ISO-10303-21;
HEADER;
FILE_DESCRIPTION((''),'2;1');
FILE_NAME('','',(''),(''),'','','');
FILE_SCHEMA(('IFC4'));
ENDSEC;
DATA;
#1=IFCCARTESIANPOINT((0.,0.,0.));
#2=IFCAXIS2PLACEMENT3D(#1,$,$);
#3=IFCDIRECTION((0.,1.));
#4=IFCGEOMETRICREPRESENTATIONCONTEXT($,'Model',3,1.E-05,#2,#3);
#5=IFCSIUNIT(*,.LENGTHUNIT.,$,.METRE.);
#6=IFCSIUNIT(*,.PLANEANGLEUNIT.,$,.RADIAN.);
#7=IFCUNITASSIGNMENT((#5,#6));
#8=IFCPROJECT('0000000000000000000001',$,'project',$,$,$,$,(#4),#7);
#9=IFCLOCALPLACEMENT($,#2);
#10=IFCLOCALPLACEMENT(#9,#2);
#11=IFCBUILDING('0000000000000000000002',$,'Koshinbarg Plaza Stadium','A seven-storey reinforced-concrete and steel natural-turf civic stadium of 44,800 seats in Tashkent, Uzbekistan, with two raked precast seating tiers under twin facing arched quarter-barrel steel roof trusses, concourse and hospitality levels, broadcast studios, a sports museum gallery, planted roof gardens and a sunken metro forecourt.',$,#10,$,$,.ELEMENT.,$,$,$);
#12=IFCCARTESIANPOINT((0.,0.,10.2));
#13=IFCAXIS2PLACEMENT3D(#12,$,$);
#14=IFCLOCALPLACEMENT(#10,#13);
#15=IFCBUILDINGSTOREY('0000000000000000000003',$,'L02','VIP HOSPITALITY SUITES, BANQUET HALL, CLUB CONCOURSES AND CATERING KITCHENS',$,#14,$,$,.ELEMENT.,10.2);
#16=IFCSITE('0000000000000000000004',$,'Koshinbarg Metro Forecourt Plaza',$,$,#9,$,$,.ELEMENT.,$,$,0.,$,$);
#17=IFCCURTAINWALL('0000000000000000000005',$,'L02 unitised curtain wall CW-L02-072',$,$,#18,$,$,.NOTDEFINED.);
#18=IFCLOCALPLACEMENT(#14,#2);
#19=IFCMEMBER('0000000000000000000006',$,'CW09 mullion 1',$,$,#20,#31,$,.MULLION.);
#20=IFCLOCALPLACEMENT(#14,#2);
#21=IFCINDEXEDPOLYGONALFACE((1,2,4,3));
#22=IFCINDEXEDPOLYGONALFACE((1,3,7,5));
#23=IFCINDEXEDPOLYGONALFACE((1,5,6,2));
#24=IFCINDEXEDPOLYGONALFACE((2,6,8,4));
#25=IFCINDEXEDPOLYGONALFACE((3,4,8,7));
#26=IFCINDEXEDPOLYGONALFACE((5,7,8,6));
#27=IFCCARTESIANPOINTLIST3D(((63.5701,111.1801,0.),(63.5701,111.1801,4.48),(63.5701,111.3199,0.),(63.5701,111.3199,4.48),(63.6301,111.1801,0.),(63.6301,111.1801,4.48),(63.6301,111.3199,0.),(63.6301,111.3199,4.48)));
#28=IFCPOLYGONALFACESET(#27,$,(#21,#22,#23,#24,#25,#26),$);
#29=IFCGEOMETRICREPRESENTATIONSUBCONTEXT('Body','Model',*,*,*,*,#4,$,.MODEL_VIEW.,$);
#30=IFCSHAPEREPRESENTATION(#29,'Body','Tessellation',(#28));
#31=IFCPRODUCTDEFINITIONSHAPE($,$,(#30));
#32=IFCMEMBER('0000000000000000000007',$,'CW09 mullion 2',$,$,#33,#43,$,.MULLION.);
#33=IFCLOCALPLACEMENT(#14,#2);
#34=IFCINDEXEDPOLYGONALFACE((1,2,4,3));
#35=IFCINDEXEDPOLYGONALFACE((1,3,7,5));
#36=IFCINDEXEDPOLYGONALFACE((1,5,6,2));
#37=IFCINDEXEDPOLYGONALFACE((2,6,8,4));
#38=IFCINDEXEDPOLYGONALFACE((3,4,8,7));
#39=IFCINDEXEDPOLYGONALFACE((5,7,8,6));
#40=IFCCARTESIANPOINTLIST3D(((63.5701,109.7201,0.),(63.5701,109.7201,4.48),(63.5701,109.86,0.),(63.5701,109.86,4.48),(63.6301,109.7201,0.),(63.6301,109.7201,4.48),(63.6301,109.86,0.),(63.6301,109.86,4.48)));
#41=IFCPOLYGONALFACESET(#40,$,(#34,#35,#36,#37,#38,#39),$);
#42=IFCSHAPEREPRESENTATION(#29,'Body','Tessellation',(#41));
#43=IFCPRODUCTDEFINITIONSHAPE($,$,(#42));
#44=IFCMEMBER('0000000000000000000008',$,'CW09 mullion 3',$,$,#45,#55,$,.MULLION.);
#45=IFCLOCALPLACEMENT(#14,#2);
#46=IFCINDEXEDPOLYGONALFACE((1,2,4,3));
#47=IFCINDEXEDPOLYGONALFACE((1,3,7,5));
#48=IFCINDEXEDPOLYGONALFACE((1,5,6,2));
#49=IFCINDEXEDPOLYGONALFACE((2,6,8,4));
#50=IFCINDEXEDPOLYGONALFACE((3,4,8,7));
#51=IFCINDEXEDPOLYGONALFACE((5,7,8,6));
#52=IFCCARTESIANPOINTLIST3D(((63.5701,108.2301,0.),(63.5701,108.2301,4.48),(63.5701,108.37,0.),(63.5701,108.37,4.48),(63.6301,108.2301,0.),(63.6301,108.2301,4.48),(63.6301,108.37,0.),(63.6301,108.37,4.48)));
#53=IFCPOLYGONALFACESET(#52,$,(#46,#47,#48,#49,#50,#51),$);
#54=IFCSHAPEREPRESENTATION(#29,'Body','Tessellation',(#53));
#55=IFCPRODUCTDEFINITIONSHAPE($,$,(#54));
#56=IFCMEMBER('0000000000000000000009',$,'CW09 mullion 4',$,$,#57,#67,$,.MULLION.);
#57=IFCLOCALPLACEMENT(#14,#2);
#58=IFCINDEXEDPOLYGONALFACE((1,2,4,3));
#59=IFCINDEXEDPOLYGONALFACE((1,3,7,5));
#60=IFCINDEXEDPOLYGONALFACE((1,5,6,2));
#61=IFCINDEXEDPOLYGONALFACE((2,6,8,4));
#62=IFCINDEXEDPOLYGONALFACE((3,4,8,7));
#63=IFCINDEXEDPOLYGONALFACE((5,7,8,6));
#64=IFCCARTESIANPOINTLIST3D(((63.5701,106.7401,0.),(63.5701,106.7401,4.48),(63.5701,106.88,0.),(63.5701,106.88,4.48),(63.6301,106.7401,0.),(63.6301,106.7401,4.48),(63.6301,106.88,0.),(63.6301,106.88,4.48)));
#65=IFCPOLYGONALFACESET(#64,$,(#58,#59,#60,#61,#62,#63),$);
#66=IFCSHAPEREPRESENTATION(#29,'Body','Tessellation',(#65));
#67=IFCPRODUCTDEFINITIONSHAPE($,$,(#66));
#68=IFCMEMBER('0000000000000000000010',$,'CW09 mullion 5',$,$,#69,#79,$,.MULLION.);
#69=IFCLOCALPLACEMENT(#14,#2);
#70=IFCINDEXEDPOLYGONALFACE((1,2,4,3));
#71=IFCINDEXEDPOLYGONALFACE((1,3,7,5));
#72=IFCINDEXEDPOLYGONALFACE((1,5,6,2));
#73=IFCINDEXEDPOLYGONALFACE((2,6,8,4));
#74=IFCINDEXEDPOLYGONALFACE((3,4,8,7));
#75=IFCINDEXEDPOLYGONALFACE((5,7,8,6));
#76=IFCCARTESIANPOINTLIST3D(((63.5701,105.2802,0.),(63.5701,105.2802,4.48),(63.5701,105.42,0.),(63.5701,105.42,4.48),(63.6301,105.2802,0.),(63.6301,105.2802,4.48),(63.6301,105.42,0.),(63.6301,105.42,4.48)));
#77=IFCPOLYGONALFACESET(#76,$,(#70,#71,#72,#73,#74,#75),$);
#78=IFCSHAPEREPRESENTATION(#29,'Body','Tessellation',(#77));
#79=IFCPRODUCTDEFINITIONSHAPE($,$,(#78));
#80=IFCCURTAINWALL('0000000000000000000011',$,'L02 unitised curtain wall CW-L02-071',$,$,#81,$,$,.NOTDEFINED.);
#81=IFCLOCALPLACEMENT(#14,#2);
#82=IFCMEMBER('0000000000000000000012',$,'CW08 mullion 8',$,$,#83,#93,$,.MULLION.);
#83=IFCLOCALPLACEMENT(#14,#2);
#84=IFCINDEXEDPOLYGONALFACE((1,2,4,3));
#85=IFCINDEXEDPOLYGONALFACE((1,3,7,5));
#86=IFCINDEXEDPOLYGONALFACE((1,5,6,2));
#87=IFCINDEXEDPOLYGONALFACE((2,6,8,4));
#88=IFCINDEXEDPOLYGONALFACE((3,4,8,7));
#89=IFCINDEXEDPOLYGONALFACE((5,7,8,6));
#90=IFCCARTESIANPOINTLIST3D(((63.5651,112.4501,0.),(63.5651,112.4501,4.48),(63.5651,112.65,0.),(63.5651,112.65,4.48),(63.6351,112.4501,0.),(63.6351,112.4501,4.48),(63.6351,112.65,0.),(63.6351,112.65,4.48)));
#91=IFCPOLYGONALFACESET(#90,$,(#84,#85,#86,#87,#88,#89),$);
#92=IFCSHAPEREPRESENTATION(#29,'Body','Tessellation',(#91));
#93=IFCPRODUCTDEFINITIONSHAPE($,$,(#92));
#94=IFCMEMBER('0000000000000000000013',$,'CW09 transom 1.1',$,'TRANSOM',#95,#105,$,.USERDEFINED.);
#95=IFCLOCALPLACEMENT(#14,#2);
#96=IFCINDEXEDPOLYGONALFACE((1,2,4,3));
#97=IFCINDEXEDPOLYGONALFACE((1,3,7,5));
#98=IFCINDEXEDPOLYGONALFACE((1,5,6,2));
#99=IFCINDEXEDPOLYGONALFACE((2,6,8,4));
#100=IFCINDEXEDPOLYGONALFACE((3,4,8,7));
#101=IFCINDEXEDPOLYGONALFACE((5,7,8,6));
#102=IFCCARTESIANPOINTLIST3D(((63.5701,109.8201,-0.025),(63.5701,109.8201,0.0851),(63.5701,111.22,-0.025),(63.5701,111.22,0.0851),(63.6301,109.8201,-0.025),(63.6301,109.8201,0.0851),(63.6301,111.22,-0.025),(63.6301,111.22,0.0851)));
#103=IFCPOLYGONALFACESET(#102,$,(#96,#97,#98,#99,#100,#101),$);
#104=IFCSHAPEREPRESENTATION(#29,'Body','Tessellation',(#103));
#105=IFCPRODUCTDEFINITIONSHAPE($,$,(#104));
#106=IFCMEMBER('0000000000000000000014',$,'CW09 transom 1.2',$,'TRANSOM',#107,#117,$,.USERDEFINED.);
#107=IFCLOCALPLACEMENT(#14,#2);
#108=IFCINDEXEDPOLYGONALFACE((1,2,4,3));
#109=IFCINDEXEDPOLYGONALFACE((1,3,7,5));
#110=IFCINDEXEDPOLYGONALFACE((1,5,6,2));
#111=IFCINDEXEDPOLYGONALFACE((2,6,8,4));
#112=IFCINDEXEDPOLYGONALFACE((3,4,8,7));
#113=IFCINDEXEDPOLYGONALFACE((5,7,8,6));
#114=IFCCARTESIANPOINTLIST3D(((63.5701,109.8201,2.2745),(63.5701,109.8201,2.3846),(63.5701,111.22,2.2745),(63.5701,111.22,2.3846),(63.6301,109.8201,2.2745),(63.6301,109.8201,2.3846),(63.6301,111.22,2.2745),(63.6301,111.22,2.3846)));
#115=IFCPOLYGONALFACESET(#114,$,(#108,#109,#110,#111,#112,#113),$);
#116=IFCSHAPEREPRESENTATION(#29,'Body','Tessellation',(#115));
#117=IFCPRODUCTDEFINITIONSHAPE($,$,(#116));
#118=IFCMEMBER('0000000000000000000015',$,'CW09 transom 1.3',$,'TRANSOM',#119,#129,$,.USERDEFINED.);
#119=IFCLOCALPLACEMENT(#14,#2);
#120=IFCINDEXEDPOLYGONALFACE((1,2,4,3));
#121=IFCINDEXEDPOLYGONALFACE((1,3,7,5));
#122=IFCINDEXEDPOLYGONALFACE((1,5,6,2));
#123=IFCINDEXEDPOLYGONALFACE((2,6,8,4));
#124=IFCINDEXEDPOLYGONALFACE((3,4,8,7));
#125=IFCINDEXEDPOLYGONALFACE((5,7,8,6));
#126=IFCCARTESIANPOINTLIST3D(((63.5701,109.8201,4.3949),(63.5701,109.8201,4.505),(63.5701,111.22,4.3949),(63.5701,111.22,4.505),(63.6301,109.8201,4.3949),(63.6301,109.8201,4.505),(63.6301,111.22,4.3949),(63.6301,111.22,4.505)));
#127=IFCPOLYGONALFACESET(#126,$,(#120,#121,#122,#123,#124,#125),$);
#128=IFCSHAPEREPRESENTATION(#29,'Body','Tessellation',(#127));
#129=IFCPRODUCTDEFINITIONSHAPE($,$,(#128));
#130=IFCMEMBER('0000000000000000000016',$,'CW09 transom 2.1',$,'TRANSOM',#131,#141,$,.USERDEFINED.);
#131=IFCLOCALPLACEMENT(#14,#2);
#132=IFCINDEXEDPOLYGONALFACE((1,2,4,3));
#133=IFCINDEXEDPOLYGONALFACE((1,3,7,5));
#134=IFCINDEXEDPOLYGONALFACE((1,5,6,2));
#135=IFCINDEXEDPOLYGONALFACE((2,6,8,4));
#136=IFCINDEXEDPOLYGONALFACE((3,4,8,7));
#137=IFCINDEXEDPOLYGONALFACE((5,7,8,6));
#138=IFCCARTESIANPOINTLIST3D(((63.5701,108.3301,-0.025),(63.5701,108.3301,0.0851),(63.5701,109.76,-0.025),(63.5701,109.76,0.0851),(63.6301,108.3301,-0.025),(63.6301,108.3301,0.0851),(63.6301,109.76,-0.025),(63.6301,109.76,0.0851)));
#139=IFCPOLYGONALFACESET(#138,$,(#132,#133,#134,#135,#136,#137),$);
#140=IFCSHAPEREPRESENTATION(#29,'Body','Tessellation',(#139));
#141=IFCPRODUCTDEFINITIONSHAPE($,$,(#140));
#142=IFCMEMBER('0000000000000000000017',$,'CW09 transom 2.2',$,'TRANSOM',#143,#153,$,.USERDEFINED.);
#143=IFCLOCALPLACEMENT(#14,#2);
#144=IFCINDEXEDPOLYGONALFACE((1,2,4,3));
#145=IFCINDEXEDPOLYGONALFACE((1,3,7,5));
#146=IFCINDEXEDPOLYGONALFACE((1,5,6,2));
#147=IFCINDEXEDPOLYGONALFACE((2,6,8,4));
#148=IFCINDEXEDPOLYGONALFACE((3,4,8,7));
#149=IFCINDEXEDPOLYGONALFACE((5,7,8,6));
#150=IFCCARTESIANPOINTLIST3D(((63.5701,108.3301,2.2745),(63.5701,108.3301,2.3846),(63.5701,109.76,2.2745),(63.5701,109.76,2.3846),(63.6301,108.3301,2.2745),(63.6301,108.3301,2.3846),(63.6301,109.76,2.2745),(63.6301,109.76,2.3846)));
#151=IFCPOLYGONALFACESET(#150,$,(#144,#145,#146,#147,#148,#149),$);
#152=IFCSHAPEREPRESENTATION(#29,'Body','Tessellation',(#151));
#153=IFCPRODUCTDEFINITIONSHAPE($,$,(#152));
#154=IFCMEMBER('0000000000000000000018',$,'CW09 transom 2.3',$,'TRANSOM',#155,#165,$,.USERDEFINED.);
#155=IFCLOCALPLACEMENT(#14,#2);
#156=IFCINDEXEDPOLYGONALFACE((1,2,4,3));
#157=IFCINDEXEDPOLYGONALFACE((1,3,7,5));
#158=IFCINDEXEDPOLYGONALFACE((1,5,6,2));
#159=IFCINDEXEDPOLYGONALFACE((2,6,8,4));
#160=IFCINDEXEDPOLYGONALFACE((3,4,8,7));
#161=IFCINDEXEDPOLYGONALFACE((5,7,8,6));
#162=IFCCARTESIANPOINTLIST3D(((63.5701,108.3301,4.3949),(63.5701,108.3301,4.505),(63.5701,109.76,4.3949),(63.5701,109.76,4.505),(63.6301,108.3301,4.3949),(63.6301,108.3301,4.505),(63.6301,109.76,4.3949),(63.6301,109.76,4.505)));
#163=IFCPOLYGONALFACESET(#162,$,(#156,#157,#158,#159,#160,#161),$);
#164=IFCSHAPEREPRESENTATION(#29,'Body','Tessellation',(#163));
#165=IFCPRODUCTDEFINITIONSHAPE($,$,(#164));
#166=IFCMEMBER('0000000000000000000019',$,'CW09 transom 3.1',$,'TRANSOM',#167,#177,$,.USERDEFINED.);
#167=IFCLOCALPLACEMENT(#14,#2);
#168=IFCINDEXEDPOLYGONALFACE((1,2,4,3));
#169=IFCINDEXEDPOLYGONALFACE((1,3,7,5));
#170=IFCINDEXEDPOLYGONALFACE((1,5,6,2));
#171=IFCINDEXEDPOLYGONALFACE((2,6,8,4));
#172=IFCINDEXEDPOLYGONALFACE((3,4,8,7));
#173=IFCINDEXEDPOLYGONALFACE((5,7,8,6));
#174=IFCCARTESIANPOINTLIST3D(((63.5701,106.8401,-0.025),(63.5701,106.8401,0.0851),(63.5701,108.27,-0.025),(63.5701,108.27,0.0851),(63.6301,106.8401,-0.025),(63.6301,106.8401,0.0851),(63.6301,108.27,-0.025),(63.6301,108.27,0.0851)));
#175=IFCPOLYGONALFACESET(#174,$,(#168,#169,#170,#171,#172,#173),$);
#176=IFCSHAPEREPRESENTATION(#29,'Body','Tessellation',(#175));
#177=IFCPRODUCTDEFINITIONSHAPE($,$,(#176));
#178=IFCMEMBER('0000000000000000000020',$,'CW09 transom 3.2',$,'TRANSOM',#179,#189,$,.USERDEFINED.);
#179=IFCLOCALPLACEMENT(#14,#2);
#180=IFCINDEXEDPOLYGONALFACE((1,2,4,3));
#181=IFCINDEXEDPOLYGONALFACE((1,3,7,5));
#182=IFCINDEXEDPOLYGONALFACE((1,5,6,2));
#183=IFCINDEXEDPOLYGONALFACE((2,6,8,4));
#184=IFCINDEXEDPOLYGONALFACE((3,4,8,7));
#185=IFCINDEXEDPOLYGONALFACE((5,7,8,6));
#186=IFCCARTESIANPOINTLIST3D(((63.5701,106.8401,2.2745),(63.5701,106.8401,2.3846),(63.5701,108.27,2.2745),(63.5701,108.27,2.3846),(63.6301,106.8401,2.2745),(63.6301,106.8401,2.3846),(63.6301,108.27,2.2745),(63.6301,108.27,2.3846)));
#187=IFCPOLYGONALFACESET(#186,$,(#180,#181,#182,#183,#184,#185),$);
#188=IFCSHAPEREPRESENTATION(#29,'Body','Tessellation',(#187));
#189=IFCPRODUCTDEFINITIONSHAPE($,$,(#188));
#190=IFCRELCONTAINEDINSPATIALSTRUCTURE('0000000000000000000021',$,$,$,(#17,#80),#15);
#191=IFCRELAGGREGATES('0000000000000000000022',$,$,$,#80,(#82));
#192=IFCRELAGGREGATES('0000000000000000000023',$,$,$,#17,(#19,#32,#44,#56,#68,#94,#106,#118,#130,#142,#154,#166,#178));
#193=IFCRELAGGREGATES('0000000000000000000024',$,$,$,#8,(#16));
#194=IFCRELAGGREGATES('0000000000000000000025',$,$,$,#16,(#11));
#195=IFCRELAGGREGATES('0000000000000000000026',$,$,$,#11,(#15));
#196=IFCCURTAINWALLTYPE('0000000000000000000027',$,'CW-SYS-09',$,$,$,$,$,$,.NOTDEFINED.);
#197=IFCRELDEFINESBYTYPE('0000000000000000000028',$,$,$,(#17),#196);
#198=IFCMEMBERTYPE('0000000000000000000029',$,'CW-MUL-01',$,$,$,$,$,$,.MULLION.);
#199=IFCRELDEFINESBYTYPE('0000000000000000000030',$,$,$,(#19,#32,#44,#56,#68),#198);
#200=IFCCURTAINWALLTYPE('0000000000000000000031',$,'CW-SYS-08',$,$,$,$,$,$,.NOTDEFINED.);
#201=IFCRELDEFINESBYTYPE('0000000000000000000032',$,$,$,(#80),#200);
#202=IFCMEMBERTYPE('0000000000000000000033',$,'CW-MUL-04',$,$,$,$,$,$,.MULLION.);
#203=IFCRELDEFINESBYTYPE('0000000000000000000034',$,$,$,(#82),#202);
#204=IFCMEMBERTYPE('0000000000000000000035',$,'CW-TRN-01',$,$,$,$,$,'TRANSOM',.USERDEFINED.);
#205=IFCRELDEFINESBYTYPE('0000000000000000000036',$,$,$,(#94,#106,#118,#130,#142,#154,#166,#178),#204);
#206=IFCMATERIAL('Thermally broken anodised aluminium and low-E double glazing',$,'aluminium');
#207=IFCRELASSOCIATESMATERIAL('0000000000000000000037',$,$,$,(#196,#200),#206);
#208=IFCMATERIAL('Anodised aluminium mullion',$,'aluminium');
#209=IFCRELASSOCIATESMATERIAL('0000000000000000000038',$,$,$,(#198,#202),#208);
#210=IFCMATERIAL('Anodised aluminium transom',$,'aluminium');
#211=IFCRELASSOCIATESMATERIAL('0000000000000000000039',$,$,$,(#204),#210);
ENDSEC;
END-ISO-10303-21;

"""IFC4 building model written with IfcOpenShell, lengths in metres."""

from ifc_helpers import new_model, si_unit, direction, frame, origin, origin_2d, place, context, subcontext, project, spatial, rectangle, extrude, material, material_profile, profile_set, type_object, element, aggregate, save


model = new_model("IFC4")

# Units and contexts
model_context = context("Model", 3, precision=1e-05, world=origin(), true_north=direction((0.0, 1.0)))
body_context = subcontext(model_context, "Body", "Model", "MODEL_VIEW")
ifc_project = project(units=[si_unit("LENGTHUNIT", "METRE"), si_unit("PLANEANGLEUNIT", "RADIAN")], contexts=[model_context])

# Site, building, storey
site_placement = place(None, origin())
site = spatial("IfcSite", under=ifc_project, at=site_placement, Name="Koshinbarg Metro Forecourt Plaza", CompositionType="ELEMENT", RefElevation=0.0)
building_placement = place(site_placement, origin())
building = spatial("IfcBuilding", under=site, at=building_placement, Name="Koshinbarg Plaza Stadium", Description="A seven-storey reinforced-concrete and steel natural-turf civic stadium of 44,800 seats in Tashkent, Uzbekistan, with two raked precast seating tiers under twin facing arched quarter-barrel steel roof trusses, concourse and hospitality levels, broadcast studios, a sports museum gallery, planted roof gardens and a sunken metro forecourt.", CompositionType="ELEMENT")
storey_placement = place(building_placement, frame((0.0, 0.0, 10.2)))
storey = spatial("IfcBuildingStorey", under=building, at=storey_placement, Name="L02", Description="VIP HOSPITALITY SUITES, BANQUET HALL, CLUB CONCOURSES AND CATERING KITCHENS", CompositionType="ELEMENT", Elevation=10.2)

# Curtain wall, members
ifc_material_1 = material(Name="Thermally broken anodised aluminium and low-E double glazing", Category="aluminium")
curtain_wall_type_1 = type_object("IfcCurtainWallType", Name="CW-SYS-09", PredefinedType="NOTDEFINED", material=ifc_material_1)
curtain_wall_1_placement = place(storey_placement, origin())
curtain_wall_1 = element("IfcCurtainWall", 1, at=curtain_wall_1_placement, inside=storey, type_object=curtain_wall_type_1, Name="L02 unitised curtain wall CW-L02-072", PredefinedType="NOTDEFINED")
ifc_material_2 = material(Name="Anodised aluminium mullion", Category="aluminium")
ifc_material_profile_1 = material_profile(ifc_material_2, rectangle(XDim=0.0601, YDim=0.1399, at=origin_2d()), Name="ALU 60x140")
ifc_profile_set_1 = profile_set([ifc_material_profile_1], Name="Anodised aluminium mullion")
member_type_1 = type_object("IfcMemberType", Name="CW-MUL-01", PredefinedType="MULLION", material=ifc_profile_set_1)
member_1_placement = place(storey_placement, frame((63.6001, 111.25, 0.0), z_axis=(0.0, 0.0, 1.0), x_axis=(1.0, 0.0, 0.0)))
member_1 = element("IfcMember", 2, at=member_1_placement, type_object=member_type_1, Name="CW09 mullion 1", PredefinedType="MULLION", context=body_context, shape_type="SweptSolid", body=[
    extrude(rectangle(XDim=0.0601, YDim=0.1399, at=origin_2d()), origin(), (0.0, 0.0, 1.0), 4.48),
])
member_2_placement = place(storey_placement, frame((63.6001, 109.79, 0.0), z_axis=(0.0, 0.0, 1.0), x_axis=(1.0, 0.0, 0.0)))
member_2 = element("IfcMember", 3, at=member_2_placement, type_object=member_type_1, Name="CW09 mullion 2", PredefinedType="MULLION", context=body_context, shape_type="SweptSolid", body=[
    extrude(rectangle(XDim=0.0601, YDim=0.1399, at=origin_2d()), origin(), (0.0, 0.0, 1.0), 4.48),
])
member_3_placement = place(storey_placement, frame((63.6001, 108.3, 0.0), z_axis=(0.0, 0.0, 1.0), x_axis=(1.0, 0.0, 0.0)))
member_3 = element("IfcMember", 4, at=member_3_placement, type_object=member_type_1, Name="CW09 mullion 3", PredefinedType="MULLION", context=body_context, shape_type="SweptSolid", body=[
    extrude(rectangle(XDim=0.0601, YDim=0.1399, at=origin_2d()), origin(), (0.0, 0.0, 1.0), 4.48),
])
member_4_placement = place(storey_placement, frame((63.6001, 106.8101, 0.0), z_axis=(0.0, 0.0, 1.0), x_axis=(1.0, 0.0, 0.0)))
member_4 = element("IfcMember", 5, at=member_4_placement, type_object=member_type_1, Name="CW09 mullion 4", PredefinedType="MULLION", context=body_context, shape_type="SweptSolid", body=[
    extrude(rectangle(XDim=0.0601, YDim=0.1399, at=origin_2d()), origin(), (0.0, 0.0, 1.0), 4.48),
])
member_5_placement = place(storey_placement, frame((63.6001, 105.3501, 0.0), z_axis=(0.0, 0.0, 1.0), x_axis=(1.0, 0.0, 0.0)))
member_5 = element("IfcMember", 6, at=member_5_placement, type_object=member_type_1, Name="CW09 mullion 5", PredefinedType="MULLION", context=body_context, shape_type="SweptSolid", body=[
    extrude(rectangle(XDim=0.0601, YDim=0.1399, at=origin_2d()), origin(), (0.0, 0.0, 1.0), 4.48),
])

# Curtain wall, member
curtain_wall_type_2 = type_object("IfcCurtainWallType", Name="CW-SYS-08", PredefinedType="NOTDEFINED", material=ifc_material_1)
curtain_wall_2_placement = place(storey_placement, origin())
curtain_wall_2 = element("IfcCurtainWall", 7, at=curtain_wall_2_placement, inside=storey, type_object=curtain_wall_type_2, Name="L02 unitised curtain wall CW-L02-071", PredefinedType="NOTDEFINED")
ifc_material_profile_2 = material_profile(ifc_material_2, rectangle(XDim=0.0701, YDim=0.2, at=origin_2d()), Name="ALU 70x200")
ifc_profile_set_2 = profile_set([ifc_material_profile_2], Name="Anodised aluminium mullion")
member_type_2 = type_object("IfcMemberType", Name="CW-MUL-04", PredefinedType="MULLION", material=ifc_profile_set_2)
member_6_placement = place(storey_placement, frame((63.6001, 112.55, 0.0), z_axis=(0.0, 0.0, 1.0), x_axis=(1.0, 0.0, 0.0)))
member_6 = element("IfcMember", 8, at=member_6_placement, type_object=member_type_2, Name="CW08 mullion 8", PredefinedType="MULLION", context=body_context, shape_type="SweptSolid", body=[
    extrude(rectangle(XDim=0.0701, YDim=0.2, at=origin_2d()), origin(), (0.0, 0.0, 1.0), 4.48),
])
aggregate(curtain_wall_2, [member_6])

# Members
ifc_material_3 = material(Name="Anodised aluminium transom", Category="aluminium")
ifc_material_profile_3 = material_profile(ifc_material_3, rectangle(XDim=0.0601, YDim=0.1101, at=origin_2d()), Name="ALU 60x110")
ifc_profile_set_3 = profile_set([ifc_material_profile_3], Name="Anodised aluminium transom")
member_type_3 = type_object("IfcMemberType", Name="CW-TRN-01", ElementType="TRANSOM", PredefinedType="USERDEFINED", material=ifc_profile_set_3)
member_7_placement = place(storey_placement, frame((63.6001, 111.22, 0.03), z_axis=(0.0, -1.0, 0.0), x_axis=(1.0, 0.0, 0.0)))
member_7 = element("IfcMember", 9, at=member_7_placement, type_object=member_type_3, Name="CW09 transom 1.1", ObjectType="TRANSOM", PredefinedType="USERDEFINED", context=body_context, shape_type="SweptSolid", body=[
    extrude(rectangle(XDim=0.0601, YDim=0.1101, at=origin_2d()), origin(), (0.0, 0.0, 1.0), 1.3999),
])
member_8_placement = place(storey_placement, frame((63.6001, 111.22, 2.3296), z_axis=(0.0, -1.0, 0.0), x_axis=(1.0, 0.0, 0.0)))
member_8 = element("IfcMember", 10, at=member_8_placement, type_object=member_type_3, Name="CW09 transom 1.2", ObjectType="TRANSOM", PredefinedType="USERDEFINED", context=body_context, shape_type="SweptSolid", body=[
    extrude(rectangle(XDim=0.0601, YDim=0.1101, at=origin_2d()), origin(), (0.0, 0.0, 1.0), 1.3999),
])
member_9_placement = place(storey_placement, frame((63.6001, 111.22, 4.45), z_axis=(0.0, -1.0, 0.0), x_axis=(1.0, 0.0, 0.0)))
member_9 = element("IfcMember", 11, at=member_9_placement, type_object=member_type_3, Name="CW09 transom 1.3", ObjectType="TRANSOM", PredefinedType="USERDEFINED", context=body_context, shape_type="SweptSolid", body=[
    extrude(rectangle(XDim=0.0601, YDim=0.1101, at=origin_2d()), origin(), (0.0, 0.0, 1.0), 1.3999),
])
member_10_placement = place(storey_placement, frame((63.6001, 109.76, 0.03), z_axis=(0.0, -1.0, 0.0), x_axis=(1.0, 0.0, 0.0)))
member_10 = element("IfcMember", 12, at=member_10_placement, type_object=member_type_3, Name="CW09 transom 2.1", ObjectType="TRANSOM", PredefinedType="USERDEFINED", context=body_context, shape_type="SweptSolid", body=[
    extrude(rectangle(XDim=0.0601, YDim=0.1101, at=origin_2d()), origin(), (0.0, 0.0, 1.0), 1.4299),
])
member_11_placement = place(storey_placement, frame((63.6001, 109.76, 2.3296), z_axis=(0.0, -1.0, 0.0), x_axis=(1.0, 0.0, 0.0)))
member_11 = element("IfcMember", 13, at=member_11_placement, type_object=member_type_3, Name="CW09 transom 2.2", ObjectType="TRANSOM", PredefinedType="USERDEFINED", context=body_context, shape_type="SweptSolid", body=[
    extrude(rectangle(XDim=0.0601, YDim=0.1101, at=origin_2d()), origin(), (0.0, 0.0, 1.0), 1.4299),
])
member_12_placement = place(storey_placement, frame((63.6001, 109.76, 4.45), z_axis=(0.0, -1.0, 0.0), x_axis=(1.0, 0.0, 0.0)))
member_12 = element("IfcMember", 14, at=member_12_placement, type_object=member_type_3, Name="CW09 transom 2.3", ObjectType="TRANSOM", PredefinedType="USERDEFINED", context=body_context, shape_type="SweptSolid", body=[
    extrude(rectangle(XDim=0.0601, YDim=0.1101, at=origin_2d()), origin(), (0.0, 0.0, 1.0), 1.4299),
])
member_13_placement = place(storey_placement, frame((63.6001, 108.27, 0.03), z_axis=(0.0, -1.0, 0.0), x_axis=(1.0, 0.0, 0.0)))
member_13 = element("IfcMember", 15, at=member_13_placement, type_object=member_type_3, Name="CW09 transom 3.1", ObjectType="TRANSOM", PredefinedType="USERDEFINED", context=body_context, shape_type="SweptSolid", body=[
    extrude(rectangle(XDim=0.0601, YDim=0.1101, at=origin_2d()), origin(), (0.0, 0.0, 1.0), 1.4299),
])
member_14_placement = place(storey_placement, frame((63.6001, 108.27, 2.3296), z_axis=(0.0, -1.0, 0.0), x_axis=(1.0, 0.0, 0.0)))
member_14 = element("IfcMember", 16, at=member_14_placement, type_object=member_type_3, Name="CW09 transom 3.2", ObjectType="TRANSOM", PredefinedType="USERDEFINED", context=body_context, shape_type="SweptSolid", body=[
    extrude(rectangle(XDim=0.0601, YDim=0.1101, at=origin_2d()), origin(), (0.0, 0.0, 1.0), 1.4299),
])

aggregate(curtain_wall_1, [member_1, member_2, member_3, member_4, member_5, member_7, member_8, member_9, member_10, member_11, member_12, member_13, member_14])

save(model, "model.ifc")
